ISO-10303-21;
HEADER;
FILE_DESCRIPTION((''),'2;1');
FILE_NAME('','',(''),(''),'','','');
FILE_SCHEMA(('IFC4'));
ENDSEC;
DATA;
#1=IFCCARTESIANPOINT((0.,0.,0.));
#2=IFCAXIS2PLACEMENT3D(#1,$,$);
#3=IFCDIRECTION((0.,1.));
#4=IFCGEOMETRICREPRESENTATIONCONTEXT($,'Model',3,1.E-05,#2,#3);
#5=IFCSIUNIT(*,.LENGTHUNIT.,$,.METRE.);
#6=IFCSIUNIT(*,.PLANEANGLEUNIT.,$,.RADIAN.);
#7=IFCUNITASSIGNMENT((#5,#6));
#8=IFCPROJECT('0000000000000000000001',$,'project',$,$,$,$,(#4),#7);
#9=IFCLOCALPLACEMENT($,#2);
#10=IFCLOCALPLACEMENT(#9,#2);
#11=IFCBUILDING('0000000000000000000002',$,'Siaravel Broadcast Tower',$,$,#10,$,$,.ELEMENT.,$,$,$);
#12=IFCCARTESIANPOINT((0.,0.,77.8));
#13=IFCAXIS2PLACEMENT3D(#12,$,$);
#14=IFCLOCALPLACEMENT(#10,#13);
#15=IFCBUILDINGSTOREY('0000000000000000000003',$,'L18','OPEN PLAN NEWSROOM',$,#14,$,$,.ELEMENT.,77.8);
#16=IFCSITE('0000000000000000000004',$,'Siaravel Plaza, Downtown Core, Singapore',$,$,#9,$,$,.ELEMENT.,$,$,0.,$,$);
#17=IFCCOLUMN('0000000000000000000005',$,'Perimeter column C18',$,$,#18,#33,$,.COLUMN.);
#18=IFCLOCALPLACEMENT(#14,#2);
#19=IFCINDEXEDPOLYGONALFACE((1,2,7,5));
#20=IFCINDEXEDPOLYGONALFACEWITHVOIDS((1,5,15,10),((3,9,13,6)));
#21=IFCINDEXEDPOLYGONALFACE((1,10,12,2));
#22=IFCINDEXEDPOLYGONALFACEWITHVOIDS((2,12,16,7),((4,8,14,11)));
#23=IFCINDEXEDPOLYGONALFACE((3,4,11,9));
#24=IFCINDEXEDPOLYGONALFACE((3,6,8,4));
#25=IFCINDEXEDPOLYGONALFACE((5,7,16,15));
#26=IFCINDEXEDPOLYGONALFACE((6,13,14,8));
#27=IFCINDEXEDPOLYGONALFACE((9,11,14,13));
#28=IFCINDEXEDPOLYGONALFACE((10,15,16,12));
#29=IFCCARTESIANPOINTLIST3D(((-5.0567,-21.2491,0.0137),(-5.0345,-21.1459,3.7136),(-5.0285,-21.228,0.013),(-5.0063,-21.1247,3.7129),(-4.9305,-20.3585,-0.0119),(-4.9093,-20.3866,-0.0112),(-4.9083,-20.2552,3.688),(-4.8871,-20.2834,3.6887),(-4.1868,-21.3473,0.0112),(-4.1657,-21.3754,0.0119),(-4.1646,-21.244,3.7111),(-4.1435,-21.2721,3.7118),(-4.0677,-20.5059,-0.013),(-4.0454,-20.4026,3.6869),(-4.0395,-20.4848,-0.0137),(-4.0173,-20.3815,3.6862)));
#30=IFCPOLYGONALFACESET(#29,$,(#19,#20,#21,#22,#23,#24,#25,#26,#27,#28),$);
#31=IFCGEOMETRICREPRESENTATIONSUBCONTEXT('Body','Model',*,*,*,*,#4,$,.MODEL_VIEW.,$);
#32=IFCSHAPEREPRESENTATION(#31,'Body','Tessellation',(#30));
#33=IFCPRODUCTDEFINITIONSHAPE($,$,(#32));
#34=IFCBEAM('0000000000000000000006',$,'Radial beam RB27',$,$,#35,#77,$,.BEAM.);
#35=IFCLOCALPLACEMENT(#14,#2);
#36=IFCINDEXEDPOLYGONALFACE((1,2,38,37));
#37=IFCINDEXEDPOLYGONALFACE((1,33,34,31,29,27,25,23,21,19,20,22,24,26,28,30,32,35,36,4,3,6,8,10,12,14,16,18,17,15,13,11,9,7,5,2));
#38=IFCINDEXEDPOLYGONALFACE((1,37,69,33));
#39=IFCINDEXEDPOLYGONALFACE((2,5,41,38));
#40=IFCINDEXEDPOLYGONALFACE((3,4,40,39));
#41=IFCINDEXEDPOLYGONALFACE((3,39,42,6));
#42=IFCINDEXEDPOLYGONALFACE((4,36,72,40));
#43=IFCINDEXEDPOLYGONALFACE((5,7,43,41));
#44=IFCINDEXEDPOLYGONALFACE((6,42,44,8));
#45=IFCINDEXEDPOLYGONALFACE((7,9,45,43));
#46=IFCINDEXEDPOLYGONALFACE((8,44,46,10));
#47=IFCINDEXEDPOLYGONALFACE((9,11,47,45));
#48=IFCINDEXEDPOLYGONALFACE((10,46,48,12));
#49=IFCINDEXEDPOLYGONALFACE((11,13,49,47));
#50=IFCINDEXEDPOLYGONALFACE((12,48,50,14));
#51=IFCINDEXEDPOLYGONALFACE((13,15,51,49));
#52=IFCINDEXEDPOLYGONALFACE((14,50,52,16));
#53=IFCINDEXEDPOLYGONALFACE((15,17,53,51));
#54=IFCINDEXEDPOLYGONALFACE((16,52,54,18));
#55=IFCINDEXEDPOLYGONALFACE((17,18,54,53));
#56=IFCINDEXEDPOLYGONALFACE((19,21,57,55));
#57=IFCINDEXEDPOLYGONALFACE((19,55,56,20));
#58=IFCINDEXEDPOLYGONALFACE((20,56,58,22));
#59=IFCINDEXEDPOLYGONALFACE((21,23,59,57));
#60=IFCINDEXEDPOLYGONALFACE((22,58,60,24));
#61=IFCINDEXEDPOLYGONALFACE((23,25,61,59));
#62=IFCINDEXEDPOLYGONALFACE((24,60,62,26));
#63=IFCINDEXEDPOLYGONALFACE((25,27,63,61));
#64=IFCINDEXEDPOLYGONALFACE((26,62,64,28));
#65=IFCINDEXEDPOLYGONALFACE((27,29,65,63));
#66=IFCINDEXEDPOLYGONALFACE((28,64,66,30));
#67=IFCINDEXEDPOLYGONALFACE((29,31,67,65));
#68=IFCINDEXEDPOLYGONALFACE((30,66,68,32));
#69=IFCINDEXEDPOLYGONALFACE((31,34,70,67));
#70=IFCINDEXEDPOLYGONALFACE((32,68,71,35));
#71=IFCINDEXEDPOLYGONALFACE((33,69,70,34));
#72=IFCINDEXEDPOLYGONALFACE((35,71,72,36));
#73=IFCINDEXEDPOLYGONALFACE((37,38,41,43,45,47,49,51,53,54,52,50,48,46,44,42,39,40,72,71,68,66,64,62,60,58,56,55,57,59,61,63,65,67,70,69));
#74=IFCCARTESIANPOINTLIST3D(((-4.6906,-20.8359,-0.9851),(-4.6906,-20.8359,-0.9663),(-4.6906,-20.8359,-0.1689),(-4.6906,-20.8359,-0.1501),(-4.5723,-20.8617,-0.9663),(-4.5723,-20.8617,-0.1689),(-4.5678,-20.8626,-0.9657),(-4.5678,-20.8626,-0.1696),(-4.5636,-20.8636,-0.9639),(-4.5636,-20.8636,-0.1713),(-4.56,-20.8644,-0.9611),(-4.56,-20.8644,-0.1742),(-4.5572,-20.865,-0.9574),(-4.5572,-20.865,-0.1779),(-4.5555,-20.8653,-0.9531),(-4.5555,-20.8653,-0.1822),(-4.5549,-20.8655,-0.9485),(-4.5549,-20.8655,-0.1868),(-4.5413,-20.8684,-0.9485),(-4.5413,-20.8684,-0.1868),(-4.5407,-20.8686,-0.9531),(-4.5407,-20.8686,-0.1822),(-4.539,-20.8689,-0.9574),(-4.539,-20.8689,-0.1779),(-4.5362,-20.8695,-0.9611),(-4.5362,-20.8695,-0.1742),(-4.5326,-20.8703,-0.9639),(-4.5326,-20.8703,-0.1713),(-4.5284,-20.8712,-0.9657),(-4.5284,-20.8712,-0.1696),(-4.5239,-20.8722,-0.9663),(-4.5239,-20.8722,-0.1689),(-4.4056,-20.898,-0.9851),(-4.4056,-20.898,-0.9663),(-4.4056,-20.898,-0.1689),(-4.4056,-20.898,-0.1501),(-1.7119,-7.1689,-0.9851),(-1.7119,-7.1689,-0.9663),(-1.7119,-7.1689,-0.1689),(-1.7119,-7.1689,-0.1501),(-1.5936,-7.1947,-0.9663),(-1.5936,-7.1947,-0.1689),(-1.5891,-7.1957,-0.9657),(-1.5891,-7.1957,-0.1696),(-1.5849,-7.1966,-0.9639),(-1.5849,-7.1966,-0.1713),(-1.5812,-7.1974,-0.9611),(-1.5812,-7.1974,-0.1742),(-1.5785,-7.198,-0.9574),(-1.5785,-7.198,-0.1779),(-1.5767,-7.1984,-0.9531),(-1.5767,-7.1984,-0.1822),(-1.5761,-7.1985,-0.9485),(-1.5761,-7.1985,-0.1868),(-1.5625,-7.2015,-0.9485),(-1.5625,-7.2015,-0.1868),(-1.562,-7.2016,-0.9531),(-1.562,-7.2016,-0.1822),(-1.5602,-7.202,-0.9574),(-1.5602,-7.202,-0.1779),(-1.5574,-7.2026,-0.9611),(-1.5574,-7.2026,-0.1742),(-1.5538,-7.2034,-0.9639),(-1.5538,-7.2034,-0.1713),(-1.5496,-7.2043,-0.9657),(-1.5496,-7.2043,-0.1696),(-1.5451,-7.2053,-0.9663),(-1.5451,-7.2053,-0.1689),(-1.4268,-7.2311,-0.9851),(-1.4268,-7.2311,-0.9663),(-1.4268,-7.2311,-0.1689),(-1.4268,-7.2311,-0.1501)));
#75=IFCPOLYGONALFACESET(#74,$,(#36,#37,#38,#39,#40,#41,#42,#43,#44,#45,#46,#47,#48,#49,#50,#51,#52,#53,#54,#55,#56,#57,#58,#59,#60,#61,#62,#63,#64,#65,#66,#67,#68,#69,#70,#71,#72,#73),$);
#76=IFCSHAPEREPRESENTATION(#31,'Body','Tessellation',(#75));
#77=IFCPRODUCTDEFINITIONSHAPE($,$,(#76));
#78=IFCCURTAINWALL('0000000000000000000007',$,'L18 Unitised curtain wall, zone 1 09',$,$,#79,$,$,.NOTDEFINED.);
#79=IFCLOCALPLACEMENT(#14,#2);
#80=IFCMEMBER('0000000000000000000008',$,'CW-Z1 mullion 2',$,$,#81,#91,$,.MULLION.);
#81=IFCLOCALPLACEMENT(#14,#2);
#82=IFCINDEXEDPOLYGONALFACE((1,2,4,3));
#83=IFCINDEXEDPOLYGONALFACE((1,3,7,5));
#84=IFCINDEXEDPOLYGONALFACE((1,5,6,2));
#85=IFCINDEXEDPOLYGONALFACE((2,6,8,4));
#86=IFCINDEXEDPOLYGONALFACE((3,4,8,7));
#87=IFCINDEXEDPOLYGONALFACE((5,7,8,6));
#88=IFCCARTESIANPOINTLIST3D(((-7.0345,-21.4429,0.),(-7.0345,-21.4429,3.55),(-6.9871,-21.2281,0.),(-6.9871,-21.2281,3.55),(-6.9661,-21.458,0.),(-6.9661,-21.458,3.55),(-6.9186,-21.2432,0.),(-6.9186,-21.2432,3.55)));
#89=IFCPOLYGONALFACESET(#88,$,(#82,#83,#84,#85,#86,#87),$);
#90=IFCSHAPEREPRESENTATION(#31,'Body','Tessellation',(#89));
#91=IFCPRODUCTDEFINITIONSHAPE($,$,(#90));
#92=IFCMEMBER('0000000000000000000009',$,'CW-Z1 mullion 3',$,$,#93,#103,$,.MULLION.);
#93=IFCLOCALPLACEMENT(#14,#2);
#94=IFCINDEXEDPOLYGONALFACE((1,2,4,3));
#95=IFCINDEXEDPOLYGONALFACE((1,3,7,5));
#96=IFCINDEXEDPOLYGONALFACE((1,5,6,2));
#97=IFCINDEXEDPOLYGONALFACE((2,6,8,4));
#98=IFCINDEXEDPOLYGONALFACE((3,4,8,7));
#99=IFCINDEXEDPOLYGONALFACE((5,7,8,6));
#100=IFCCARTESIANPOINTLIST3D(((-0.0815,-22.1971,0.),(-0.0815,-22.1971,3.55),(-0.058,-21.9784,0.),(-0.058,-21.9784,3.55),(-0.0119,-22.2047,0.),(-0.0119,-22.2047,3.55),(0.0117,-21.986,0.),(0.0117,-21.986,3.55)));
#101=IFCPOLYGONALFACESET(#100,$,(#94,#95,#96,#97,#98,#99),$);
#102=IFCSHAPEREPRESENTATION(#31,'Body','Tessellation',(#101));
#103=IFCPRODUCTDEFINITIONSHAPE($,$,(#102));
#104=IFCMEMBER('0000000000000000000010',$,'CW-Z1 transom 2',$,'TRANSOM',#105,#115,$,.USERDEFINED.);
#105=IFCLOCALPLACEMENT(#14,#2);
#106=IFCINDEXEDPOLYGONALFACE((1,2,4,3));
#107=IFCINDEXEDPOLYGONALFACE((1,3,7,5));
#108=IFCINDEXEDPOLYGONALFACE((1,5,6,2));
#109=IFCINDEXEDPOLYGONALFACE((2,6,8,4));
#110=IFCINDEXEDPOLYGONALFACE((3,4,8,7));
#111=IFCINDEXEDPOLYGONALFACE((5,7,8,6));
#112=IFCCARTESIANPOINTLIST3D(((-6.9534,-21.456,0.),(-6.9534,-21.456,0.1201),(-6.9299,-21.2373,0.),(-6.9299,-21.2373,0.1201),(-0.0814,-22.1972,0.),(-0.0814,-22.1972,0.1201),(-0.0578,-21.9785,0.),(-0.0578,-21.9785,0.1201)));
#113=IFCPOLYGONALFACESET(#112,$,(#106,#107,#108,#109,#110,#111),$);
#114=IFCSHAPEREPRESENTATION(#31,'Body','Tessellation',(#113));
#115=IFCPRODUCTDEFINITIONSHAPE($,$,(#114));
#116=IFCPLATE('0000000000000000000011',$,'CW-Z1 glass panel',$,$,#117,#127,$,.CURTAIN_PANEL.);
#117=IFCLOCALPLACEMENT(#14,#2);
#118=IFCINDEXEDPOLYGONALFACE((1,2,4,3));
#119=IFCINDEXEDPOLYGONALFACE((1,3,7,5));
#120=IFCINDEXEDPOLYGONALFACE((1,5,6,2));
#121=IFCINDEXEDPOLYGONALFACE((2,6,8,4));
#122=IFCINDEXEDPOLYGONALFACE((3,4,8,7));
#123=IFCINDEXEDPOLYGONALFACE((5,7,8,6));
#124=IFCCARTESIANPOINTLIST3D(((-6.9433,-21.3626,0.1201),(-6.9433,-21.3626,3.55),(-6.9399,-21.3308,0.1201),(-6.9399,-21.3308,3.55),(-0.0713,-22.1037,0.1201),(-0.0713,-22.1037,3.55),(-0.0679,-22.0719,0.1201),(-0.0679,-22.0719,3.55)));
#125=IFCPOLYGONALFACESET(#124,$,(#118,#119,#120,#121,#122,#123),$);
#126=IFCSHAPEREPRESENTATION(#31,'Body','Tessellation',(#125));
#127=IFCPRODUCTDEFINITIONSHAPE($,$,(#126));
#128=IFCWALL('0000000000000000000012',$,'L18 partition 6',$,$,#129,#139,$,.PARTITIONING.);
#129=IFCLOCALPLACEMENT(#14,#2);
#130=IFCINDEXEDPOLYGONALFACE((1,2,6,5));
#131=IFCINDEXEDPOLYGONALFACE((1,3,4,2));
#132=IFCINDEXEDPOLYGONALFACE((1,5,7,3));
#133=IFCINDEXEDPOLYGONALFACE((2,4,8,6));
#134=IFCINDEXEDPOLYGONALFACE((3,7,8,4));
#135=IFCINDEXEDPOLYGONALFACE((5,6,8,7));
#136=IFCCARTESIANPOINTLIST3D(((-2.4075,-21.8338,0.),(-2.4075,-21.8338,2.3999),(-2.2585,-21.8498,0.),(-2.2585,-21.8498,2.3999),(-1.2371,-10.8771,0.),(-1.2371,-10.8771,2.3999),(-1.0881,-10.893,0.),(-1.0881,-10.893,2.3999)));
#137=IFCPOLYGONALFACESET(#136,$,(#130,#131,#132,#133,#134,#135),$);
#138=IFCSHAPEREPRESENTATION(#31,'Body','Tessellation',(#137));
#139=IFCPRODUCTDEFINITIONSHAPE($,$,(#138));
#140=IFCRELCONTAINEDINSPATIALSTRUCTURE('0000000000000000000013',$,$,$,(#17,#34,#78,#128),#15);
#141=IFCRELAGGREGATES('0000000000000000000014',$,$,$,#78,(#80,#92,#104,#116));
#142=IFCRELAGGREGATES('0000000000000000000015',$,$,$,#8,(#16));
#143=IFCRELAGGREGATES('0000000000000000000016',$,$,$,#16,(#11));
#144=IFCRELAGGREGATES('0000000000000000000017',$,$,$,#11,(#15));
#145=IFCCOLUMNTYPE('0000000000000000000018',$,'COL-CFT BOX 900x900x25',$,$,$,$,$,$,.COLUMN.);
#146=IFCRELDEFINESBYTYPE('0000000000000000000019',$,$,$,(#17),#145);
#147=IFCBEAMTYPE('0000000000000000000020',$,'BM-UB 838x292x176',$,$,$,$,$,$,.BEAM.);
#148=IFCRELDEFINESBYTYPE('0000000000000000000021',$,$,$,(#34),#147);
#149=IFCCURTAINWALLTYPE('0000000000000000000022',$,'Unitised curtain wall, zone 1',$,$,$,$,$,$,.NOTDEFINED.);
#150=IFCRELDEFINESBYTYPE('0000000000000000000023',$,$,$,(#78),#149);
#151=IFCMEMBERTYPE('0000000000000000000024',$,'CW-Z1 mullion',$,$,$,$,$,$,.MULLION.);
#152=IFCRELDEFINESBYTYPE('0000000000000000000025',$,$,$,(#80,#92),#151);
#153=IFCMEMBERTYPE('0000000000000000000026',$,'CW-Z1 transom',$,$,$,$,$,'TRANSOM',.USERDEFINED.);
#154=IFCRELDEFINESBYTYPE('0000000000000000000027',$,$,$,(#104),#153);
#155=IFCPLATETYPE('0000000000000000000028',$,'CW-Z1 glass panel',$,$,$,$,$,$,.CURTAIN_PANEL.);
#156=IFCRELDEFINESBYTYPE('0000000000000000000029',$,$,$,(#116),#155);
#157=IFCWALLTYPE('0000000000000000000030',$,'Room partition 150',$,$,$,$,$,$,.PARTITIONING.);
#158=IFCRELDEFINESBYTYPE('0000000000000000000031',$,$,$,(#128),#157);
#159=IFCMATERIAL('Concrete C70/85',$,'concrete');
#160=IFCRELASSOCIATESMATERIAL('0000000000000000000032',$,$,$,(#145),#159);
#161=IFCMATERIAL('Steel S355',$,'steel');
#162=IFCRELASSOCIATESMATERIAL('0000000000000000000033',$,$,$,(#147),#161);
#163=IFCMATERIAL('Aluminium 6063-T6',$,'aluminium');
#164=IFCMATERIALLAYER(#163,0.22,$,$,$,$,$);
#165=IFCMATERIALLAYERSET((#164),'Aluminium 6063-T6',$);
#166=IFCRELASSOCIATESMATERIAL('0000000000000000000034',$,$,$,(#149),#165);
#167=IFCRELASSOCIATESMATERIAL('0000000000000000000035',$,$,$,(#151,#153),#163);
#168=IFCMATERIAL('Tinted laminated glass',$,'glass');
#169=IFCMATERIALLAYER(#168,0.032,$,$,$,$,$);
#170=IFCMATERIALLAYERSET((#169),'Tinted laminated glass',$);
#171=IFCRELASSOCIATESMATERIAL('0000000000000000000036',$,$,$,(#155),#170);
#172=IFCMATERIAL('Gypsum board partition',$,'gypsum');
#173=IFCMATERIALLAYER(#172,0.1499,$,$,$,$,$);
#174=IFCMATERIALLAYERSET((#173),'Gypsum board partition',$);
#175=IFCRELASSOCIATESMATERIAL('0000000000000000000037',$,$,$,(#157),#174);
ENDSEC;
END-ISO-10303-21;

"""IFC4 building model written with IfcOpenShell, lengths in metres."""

from ifc_helpers import new_model, si_unit, direction, frame, frame_2d, origin, origin_2d, place, context, subcontext, project, spatial, rectangle, hollow_rectangle, i_section, extrude, material, layer, layer_set, material_profile, profile_set, type_object, element, aggregate, save


model = new_model("IFC4")

# Units and contexts
model_context = context("Model", 3, precision=1e-05, world=origin(), true_north=direction((0.0, 1.0)))
body_context = subcontext(model_context, "Body", "Model", "MODEL_VIEW")
ifc_project = project(units=[si_unit("LENGTHUNIT", "METRE"), si_unit("PLANEANGLEUNIT", "RADIAN")], contexts=[model_context])

# Site, building, storey
site_placement = place(None, origin())
site = spatial("IfcSite", under=ifc_project, at=site_placement, Name="Siaravel Plaza, Downtown Core, Singapore", CompositionType="ELEMENT", RefElevation=0.0)
building_placement = place(site_placement, origin())
building = spatial("IfcBuilding", under=site, at=building_placement, Name="Siaravel Broadcast Tower", CompositionType="ELEMENT")
storey_placement = place(building_placement, frame((0.0, 0.0, 77.8)))
storey = spatial("IfcBuildingStorey", under=building, at=storey_placement, Name="L18", Description="OPEN PLAN NEWSROOM", CompositionType="ELEMENT", Elevation=77.8)

# Column
ifc_material_1 = material(Name="Concrete C70/85", Category="concrete")
ifc_material_profile_1 = material_profile(ifc_material_1, hollow_rectangle(XDim=0.8999, YDim=0.8999, WallThickness=0.0249, at=origin_2d()))
ifc_profile_set_1 = profile_set([ifc_material_profile_1], Name="Concrete C70/85")
column_type = type_object("IfcColumnType", Name="COL-CFT BOX 900x900x25", PredefinedType="COLUMN", material=ifc_profile_set_1)
column_placement = place(storey_placement, frame((-4.5481, -20.8669, 0.0), z_axis=(0.006002, 0.0279, 0.999593), x_axis=(-0.990106, 0.140307, 0.002029)))
element("IfcColumn", 1, at=column_placement, inside=storey, type_object=column_type, Name="Perimeter column C18", PredefinedType="COLUMN", context=body_context, shape_type="SweptSolid", body=[
    extrude(hollow_rectangle(XDim=0.8999, YDim=0.8999, WallThickness=0.0249, at=origin_2d()), origin(), (0.0, 0.0, 1.0), 3.7014),
])

# Beam
ifc_material_2 = material(Name="Steel S355", Category="steel")
ifc_material_profile_2 = material_profile(ifc_material_2, i_section(OverallWidth=0.2917, OverallDepth=0.835, WebThickness=0.0139, FlangeThickness=0.0188, FilletRadius=0.0178, at=origin_2d()))
ifc_profile_set_2 = profile_set([ifc_material_profile_2], Name="Steel S355")
beam_type = type_object("IfcBeamType", Name="BM-UB 838x292x176", PredefinedType="BEAM", material=ifc_profile_set_2)
beam_placement = place(storey_placement, frame((-4.5481, -20.8669, -0.5676), z_axis=(0.212954, 0.977062, 0.0), x_axis=(-0.977062, 0.212954, 0.0)))
element("IfcBeam", 2, at=beam_placement, inside=storey, type_object=beam_type, Name="Radial beam RB27", PredefinedType="BEAM", context=body_context, shape_type="SweptSolid", body=[
    extrude(i_section(OverallWidth=0.2917, OverallDepth=0.835, WebThickness=0.0139, FlangeThickness=0.0188, FilletRadius=0.0178, at=origin_2d()), origin(), (0.0, 0.0, 1.0), 13.9878),
])

# Curtain wall, members, plate
ifc_material_3 = material(Name="Aluminium 6063-T6", Category="aluminium")
ifc_layer_1 = layer(ifc_material_3, 0.22)
ifc_layer_set_1 = layer_set([ifc_layer_1], Name="Aluminium 6063-T6")
curtain_wall_type = type_object("IfcCurtainWallType", Name="Unitised curtain wall, zone 1", PredefinedType="NOTDEFINED", material=ifc_layer_set_1)
curtain_wall_placement = place(storey_placement, origin())
curtain_wall = element("IfcCurtainWall", 3, at=curtain_wall_placement, inside=storey, type_object=curtain_wall_type, Name="L18 Unitised curtain wall, zone 1 09", PredefinedType="NOTDEFINED")
ifc_material_profile_3 = material_profile(ifc_material_3, rectangle(XDim=0.22, YDim=0.0701, at=origin_2d()))
ifc_profile_set_3 = profile_set([ifc_material_profile_3], Name="Aluminium 6063-T6")
member_type_1 = type_object("IfcMemberType", Name="CW-Z1 mullion", PredefinedType="MULLION", material=ifc_profile_set_3)
member_1_placement = place(storey_placement, frame((-6.9766, -21.343, 0.0), z_axis=(0.0, 0.0, 1.0), x_axis=(0.215558, 0.976491, 0.0)))
member_1 = element("IfcMember", 4, at=member_1_placement, type_object=member_type_1, Name="CW-Z1 mullion 2", PredefinedType="MULLION", context=body_context, shape_type="SweptSolid", body=[
    extrude(rectangle(XDim=0.22, YDim=0.0701, at=origin_2d()), origin(), (0.0, 0.0, 1.0), 3.55),
])
member_2_placement = place(storey_placement, frame((-0.0349, -22.0916, 0.0), z_axis=(0.0, 0.0, 1.0), x_axis=(0.107218, 0.994236, 0.0)))
member_2 = element("IfcMember", 5, at=member_2_placement, type_object=member_type_1, Name="CW-Z1 mullion 3", PredefinedType="MULLION", context=body_context, shape_type="SweptSolid", body=[
    extrude(rectangle(XDim=0.22, YDim=0.0701, at=origin_2d()), origin(), (0.0, 0.0, 1.0), 3.55),
])
ifc_material_profile_4 = material_profile(ifc_material_3, rectangle(XDim=0.22, YDim=0.1201, at=origin_2d()))
ifc_profile_set_4 = profile_set([ifc_material_profile_4], Name="Aluminium 6063-T6")
member_type_2 = type_object("IfcMemberType", Name="CW-Z1 transom", ElementType="TRANSOM", PredefinedType="USERDEFINED", material=ifc_profile_set_4)
member_3_placement = place(storey_placement, frame((-6.9417, -21.3467, 0.0601), z_axis=(0.994234, -0.107237, 0.0), x_axis=(0.107237, 0.994234, 0.0)))
member_3 = element("IfcMember", 6, at=member_3_placement, type_object=member_type_2, Name="CW-Z1 transom 2", ObjectType="TRANSOM", PredefinedType="USERDEFINED", context=body_context, shape_type="SweptSolid", body=[
    extrude(rectangle(XDim=0.22, YDim=0.1201, at=origin_2d()), origin(), (0.0, 0.0, 1.0), 6.9119),
])
ifc_material_4 = material(Name="Tinted laminated glass", Category="glass")
ifc_layer_2 = layer(ifc_material_4, 0.032)
ifc_layer_set_2 = layer_set([ifc_layer_2], Name="Tinted laminated glass")
plate_type = type_object("IfcPlateType", Name="CW-Z1 glass panel", PredefinedType="CURTAIN_PANEL", material=ifc_layer_set_2)
plate_placement = place(storey_placement, frame((-3.5056, -21.7173, 0.1201), z_axis=(0.0, 0.0, 1.0), x_axis=(0.994236, -0.107218, 0.0)))
plate = element("IfcPlate", 7, at=plate_placement, type_object=plate_type, Name="CW-Z1 glass panel", PredefinedType="CURTAIN_PANEL", context=body_context, shape_type="SweptSolid", body=[
    extrude(rectangle(XDim=6.9119, YDim=0.032, at=origin_2d()), origin(), (0.0, 0.0, 1.0), 3.4299),
])
aggregate(curtain_wall, [member_1, member_2, member_3, plate])

# Wall
ifc_material_5 = material(Name="Gypsum board partition", Category="gypsum")
ifc_layer_3 = layer(ifc_material_5, 0.1499)
ifc_layer_set_3 = layer_set([ifc_layer_3], Name="Gypsum board partition")
wall_type = type_object("IfcWallType", Name="Room partition 150", PredefinedType="PARTITIONING", material=ifc_layer_set_3)
wall_placement = place(storey_placement, frame((-2.333, -21.8418, 0.0), z_axis=(0.0, 0.0, 1.0), x_axis=(0.106216, 0.994343, 0.0)))
element("IfcWall", 8, at=wall_placement, inside=storey, type_object=wall_type, Name="L18 partition 6", PredefinedType="PARTITIONING", context=body_context, shape_type="SweptSolid", body=[
    extrude(rectangle(XDim=11.019, YDim=0.1499, at=frame_2d((5.5095, 0.0))), origin(), (0.0, 0.0, 1.0), 2.3999),
])

save(model, "model.ifc")
